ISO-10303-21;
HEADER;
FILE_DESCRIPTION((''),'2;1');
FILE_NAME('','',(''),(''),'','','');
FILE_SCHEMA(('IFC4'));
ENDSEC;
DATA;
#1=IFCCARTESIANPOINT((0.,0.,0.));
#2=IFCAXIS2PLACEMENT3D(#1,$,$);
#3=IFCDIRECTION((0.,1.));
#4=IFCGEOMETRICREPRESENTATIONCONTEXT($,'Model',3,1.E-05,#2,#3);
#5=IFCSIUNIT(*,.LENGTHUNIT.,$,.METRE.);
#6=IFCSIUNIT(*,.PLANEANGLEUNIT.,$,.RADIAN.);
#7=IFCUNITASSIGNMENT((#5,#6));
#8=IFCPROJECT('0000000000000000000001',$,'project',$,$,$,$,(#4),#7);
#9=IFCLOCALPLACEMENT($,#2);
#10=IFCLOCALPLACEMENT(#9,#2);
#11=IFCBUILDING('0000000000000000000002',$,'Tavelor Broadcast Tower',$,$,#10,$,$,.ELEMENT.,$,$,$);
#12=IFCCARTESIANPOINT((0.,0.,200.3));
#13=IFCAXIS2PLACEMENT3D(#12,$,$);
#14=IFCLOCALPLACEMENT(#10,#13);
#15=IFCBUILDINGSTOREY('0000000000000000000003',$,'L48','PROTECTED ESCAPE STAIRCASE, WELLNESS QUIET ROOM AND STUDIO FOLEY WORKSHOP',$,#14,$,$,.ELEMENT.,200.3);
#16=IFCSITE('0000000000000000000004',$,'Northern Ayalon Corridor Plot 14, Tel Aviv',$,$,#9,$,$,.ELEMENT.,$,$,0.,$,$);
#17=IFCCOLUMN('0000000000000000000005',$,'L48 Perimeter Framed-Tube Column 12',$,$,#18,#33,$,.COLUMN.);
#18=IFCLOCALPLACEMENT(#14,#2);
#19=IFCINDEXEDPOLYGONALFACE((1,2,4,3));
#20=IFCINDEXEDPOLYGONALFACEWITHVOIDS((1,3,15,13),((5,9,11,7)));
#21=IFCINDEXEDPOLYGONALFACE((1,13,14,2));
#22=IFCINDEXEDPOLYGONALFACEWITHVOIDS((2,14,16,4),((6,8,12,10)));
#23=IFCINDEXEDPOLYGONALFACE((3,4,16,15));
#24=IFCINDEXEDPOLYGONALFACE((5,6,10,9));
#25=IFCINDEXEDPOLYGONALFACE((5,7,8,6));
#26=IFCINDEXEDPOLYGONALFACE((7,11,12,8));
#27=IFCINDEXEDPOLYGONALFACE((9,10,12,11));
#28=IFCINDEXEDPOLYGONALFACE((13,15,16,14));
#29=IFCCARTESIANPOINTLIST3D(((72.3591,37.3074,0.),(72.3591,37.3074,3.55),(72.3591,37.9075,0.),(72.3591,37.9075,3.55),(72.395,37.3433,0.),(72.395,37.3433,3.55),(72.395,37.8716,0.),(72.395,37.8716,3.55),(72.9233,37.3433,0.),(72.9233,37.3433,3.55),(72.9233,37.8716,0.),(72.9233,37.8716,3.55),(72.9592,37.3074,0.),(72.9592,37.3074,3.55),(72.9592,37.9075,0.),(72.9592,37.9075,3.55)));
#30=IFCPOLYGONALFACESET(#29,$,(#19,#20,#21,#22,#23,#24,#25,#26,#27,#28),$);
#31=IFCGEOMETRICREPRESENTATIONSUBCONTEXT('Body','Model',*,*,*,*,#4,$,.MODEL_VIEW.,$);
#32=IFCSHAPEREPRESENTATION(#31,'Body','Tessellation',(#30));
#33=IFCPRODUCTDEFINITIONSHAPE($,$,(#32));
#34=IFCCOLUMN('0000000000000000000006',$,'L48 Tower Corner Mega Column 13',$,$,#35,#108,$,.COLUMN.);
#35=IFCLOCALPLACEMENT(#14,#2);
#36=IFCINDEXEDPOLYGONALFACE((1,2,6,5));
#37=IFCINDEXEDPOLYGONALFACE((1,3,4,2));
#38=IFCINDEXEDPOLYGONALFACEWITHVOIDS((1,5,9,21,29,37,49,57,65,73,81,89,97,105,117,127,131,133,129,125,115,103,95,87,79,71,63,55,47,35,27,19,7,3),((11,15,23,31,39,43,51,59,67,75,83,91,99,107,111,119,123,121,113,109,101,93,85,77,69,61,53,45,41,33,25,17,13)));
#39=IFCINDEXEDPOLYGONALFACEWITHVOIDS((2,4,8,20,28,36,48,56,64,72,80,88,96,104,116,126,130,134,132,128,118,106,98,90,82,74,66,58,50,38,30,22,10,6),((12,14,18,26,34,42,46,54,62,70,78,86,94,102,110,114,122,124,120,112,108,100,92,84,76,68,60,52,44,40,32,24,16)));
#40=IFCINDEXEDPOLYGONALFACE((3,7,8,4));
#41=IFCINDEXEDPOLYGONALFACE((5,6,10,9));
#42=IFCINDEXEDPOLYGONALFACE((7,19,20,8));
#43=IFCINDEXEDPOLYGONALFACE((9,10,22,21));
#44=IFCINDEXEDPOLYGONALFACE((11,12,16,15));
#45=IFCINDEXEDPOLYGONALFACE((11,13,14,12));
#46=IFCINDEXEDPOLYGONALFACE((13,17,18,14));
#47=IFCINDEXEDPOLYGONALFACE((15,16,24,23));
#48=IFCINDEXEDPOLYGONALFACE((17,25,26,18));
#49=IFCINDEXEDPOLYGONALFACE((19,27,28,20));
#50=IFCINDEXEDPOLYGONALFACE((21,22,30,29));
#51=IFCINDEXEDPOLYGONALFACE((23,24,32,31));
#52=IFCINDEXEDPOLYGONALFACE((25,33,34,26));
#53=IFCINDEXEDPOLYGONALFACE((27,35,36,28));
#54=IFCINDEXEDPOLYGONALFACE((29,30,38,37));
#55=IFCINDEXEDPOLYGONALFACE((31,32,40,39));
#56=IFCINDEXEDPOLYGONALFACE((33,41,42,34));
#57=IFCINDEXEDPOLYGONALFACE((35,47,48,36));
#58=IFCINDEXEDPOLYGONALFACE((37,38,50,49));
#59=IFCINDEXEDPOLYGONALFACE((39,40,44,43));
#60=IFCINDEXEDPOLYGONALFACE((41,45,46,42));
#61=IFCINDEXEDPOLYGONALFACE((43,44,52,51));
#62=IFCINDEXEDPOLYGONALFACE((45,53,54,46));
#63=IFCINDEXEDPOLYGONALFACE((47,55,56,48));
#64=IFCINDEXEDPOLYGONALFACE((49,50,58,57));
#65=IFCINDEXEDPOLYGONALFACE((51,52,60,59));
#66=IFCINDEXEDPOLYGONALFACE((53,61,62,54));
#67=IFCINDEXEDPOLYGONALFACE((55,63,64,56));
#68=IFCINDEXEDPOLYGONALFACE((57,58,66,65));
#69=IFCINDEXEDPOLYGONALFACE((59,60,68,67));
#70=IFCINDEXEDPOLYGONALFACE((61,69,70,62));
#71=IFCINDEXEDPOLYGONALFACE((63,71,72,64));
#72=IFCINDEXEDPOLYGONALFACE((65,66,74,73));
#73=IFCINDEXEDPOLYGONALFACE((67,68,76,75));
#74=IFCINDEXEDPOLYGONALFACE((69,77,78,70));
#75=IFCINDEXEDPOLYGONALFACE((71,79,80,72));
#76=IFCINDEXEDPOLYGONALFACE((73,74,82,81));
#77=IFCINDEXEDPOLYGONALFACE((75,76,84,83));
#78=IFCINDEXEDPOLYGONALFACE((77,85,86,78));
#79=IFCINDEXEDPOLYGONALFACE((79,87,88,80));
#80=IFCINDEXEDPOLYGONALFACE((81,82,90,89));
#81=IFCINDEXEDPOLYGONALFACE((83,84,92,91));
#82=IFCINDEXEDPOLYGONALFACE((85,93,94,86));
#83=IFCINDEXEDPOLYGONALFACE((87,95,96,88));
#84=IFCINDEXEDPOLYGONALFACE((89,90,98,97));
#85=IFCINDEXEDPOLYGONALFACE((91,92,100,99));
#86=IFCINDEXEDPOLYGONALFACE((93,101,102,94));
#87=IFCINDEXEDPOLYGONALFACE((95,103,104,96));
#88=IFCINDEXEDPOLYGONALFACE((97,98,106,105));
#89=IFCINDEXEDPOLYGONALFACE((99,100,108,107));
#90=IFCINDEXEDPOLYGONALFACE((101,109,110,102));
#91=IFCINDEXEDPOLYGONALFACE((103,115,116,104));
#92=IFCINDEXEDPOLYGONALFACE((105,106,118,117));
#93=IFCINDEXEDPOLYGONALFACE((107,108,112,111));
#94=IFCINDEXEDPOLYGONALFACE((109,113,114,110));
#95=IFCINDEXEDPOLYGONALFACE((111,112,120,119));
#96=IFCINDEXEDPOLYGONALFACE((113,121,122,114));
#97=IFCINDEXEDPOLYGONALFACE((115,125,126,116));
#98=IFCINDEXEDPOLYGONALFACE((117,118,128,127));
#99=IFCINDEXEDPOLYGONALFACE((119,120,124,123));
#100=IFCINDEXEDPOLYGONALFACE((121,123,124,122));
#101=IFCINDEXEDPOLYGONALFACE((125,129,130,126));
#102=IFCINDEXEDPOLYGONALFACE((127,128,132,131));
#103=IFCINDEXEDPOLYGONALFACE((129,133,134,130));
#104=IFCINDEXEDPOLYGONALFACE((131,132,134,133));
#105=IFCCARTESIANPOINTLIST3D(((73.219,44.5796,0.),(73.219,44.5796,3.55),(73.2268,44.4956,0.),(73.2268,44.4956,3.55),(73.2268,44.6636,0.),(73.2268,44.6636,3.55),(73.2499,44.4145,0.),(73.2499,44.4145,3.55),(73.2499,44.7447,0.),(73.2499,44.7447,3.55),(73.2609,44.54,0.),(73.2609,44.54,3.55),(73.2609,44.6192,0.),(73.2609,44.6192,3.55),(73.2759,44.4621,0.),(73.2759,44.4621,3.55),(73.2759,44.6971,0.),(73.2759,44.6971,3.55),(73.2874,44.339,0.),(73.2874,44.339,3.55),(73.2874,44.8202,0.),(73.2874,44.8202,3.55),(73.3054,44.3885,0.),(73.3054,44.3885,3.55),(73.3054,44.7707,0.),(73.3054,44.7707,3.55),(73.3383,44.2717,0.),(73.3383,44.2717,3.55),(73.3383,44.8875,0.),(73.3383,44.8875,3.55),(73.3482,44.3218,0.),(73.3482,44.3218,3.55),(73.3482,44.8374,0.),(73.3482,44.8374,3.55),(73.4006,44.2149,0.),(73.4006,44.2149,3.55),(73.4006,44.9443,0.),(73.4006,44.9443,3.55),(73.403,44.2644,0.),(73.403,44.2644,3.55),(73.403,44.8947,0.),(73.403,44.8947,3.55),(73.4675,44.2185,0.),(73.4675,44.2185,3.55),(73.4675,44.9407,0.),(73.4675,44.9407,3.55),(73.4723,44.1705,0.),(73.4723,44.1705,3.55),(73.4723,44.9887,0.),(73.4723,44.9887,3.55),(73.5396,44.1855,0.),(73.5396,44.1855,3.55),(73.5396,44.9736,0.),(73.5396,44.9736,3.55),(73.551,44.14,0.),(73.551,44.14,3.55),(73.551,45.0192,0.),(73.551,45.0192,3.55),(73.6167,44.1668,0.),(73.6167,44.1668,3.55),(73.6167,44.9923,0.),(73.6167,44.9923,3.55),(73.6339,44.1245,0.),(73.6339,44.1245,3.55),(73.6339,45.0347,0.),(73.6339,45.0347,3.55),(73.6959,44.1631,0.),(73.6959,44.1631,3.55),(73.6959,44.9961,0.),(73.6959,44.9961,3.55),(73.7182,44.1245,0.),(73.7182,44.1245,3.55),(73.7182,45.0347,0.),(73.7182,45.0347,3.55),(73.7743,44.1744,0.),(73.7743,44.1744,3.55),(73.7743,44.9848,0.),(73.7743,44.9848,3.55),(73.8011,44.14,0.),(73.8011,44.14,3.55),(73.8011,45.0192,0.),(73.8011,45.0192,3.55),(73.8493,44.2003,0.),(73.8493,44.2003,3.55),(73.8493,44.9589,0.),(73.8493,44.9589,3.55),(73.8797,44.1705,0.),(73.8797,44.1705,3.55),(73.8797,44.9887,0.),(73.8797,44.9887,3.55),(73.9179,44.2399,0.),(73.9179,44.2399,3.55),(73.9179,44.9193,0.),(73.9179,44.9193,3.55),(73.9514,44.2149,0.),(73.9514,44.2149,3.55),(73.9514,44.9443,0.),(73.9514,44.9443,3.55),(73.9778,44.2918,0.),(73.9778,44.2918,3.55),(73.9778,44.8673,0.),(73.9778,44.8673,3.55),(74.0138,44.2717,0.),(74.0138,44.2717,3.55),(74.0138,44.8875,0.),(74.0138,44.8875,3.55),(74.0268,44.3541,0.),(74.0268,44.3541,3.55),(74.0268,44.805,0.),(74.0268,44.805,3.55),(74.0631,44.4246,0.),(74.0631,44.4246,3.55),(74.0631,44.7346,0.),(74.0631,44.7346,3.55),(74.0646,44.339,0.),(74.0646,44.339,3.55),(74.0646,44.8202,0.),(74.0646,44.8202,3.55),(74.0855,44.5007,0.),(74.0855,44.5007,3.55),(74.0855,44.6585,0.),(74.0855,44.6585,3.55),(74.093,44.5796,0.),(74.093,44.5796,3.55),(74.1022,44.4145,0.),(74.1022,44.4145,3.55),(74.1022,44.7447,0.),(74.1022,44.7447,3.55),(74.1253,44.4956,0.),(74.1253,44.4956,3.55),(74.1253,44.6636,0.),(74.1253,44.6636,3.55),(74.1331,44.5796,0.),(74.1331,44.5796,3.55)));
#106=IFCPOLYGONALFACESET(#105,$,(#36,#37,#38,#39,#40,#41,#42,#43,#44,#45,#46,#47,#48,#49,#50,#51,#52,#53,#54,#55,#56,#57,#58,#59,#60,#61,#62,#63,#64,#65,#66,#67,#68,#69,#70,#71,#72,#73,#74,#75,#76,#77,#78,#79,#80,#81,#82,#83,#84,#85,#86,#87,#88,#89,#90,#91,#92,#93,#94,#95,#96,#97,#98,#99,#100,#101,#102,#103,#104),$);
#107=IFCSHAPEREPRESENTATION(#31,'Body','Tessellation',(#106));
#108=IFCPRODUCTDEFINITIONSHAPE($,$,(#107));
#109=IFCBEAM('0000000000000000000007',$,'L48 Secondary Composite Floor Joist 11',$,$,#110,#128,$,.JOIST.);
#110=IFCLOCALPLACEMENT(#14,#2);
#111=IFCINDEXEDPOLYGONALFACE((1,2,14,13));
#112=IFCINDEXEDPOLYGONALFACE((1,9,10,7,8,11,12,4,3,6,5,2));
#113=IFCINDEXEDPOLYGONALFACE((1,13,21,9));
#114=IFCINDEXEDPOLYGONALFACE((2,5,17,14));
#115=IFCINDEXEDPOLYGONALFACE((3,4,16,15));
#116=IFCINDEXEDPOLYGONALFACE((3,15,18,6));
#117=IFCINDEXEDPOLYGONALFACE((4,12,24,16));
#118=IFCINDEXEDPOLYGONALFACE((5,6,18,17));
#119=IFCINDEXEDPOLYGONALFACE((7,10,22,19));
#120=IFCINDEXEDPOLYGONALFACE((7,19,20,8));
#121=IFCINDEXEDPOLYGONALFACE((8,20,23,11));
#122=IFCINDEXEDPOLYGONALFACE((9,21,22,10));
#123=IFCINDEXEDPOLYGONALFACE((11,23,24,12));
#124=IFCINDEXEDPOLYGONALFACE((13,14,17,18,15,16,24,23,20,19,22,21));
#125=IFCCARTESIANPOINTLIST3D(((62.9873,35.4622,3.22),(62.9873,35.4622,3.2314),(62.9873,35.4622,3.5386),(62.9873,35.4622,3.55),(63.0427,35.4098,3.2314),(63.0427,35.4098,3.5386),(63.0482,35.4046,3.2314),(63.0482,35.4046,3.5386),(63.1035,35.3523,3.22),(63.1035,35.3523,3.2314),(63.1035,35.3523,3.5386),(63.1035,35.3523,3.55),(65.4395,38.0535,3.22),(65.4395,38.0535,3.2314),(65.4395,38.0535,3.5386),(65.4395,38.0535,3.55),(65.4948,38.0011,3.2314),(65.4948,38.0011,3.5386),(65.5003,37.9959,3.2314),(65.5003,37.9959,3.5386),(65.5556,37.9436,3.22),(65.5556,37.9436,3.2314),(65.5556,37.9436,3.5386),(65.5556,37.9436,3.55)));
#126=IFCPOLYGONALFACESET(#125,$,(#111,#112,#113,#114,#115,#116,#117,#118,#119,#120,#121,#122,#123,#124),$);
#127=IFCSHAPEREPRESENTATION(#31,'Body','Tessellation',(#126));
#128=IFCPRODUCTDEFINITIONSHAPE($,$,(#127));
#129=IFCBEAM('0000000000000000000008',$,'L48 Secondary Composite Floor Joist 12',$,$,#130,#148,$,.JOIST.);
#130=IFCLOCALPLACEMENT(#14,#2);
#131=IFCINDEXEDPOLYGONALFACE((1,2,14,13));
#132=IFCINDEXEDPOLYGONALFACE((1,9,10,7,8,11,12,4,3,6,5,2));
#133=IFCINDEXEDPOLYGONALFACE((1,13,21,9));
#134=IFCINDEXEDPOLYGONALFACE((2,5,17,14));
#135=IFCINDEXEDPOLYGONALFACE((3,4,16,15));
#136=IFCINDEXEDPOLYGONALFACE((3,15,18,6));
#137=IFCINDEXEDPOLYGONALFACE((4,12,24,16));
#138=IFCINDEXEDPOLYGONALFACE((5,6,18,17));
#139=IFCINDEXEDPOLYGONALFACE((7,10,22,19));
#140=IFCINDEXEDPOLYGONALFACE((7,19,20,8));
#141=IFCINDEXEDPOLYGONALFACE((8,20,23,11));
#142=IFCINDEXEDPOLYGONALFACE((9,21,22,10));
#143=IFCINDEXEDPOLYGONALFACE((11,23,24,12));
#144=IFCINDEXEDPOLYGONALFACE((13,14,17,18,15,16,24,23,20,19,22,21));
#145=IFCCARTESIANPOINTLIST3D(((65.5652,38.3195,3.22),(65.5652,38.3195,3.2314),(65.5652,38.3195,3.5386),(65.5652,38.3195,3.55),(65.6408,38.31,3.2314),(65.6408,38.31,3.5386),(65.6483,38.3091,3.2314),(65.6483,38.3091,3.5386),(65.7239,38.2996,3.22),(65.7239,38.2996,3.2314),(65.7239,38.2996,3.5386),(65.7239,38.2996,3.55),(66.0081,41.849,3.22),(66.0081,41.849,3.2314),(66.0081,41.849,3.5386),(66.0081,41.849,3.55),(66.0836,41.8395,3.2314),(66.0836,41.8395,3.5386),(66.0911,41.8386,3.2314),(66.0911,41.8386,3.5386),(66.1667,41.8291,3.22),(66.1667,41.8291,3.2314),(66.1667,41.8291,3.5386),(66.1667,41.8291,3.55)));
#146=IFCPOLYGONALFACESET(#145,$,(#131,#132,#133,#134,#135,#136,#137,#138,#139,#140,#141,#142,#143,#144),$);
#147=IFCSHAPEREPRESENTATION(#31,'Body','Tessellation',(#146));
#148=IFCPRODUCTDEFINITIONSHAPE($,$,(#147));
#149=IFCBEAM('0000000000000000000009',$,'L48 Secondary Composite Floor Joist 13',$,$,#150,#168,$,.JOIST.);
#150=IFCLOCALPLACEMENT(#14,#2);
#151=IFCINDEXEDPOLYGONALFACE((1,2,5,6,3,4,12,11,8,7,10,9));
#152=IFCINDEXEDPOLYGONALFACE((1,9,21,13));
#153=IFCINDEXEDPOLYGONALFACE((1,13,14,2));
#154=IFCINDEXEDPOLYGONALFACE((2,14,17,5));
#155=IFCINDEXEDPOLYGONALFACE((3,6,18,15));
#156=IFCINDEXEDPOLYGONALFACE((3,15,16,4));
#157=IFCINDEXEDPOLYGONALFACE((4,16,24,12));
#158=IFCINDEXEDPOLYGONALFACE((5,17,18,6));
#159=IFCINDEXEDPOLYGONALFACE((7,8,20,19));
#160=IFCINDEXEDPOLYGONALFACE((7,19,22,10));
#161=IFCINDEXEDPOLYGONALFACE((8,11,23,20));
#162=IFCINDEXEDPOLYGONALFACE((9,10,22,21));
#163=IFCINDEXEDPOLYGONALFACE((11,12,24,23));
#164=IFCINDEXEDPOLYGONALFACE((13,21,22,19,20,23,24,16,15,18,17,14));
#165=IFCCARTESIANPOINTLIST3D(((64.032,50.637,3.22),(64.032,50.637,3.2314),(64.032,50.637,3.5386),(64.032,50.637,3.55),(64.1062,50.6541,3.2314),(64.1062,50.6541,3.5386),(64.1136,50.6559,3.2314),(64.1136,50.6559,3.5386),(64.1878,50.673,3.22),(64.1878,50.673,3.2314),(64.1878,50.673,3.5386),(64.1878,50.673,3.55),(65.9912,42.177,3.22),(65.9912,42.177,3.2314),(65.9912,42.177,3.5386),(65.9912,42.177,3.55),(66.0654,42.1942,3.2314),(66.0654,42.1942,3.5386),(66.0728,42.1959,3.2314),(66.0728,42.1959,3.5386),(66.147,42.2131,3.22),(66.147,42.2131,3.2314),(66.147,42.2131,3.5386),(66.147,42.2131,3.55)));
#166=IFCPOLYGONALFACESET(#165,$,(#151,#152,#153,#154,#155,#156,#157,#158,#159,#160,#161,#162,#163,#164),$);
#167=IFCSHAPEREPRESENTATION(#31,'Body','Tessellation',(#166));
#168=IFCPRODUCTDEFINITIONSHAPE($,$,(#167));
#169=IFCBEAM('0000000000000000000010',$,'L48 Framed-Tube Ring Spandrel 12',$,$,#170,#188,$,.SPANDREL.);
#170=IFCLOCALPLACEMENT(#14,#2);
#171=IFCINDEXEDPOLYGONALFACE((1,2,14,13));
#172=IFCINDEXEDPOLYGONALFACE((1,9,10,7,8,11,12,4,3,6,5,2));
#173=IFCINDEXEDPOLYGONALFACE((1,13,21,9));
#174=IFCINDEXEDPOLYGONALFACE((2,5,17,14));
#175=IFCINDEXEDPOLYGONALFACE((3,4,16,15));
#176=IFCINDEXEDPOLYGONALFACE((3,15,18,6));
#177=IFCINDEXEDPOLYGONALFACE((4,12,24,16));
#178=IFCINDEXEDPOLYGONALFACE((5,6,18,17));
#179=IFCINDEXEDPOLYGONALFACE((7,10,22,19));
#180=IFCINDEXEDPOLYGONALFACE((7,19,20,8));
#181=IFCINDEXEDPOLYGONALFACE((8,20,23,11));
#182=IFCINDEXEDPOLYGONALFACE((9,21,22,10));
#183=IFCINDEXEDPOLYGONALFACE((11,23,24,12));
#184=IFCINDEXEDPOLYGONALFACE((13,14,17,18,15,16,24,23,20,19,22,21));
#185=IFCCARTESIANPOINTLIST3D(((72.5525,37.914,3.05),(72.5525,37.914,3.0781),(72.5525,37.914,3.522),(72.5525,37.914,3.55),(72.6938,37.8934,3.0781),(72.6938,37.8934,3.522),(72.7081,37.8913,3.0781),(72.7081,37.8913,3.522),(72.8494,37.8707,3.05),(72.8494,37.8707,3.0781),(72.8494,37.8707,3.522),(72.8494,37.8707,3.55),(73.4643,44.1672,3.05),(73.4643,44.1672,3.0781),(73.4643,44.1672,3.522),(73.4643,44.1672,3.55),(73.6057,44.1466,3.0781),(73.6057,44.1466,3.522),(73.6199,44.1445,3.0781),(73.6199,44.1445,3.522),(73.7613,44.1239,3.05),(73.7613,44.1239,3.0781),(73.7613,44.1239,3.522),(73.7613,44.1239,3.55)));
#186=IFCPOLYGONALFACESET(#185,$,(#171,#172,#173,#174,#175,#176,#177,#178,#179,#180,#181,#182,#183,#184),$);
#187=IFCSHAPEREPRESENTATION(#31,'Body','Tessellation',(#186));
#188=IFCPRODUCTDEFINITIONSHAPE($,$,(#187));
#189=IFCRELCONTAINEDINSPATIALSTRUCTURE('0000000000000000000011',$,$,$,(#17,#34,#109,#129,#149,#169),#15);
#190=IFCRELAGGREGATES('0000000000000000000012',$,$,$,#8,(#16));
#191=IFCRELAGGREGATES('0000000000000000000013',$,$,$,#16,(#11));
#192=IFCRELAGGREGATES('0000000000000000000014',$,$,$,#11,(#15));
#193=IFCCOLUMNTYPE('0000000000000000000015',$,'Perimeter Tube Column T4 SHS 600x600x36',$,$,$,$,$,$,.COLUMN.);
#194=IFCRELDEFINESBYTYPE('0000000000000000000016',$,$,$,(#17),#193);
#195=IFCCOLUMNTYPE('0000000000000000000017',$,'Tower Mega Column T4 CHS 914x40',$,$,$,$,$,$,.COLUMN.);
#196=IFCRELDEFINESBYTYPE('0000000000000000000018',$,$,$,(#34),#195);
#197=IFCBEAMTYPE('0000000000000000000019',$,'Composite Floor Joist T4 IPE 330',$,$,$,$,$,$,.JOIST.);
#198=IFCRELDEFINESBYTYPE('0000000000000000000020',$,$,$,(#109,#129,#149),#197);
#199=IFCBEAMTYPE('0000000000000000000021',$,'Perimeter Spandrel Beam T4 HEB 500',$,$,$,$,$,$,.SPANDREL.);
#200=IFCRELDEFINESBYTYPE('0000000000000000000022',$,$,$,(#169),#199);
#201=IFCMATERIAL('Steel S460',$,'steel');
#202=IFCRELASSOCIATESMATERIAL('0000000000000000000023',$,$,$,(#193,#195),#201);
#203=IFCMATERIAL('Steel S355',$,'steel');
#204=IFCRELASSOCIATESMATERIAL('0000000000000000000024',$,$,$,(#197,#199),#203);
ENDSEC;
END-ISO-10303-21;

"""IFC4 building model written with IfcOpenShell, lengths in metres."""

from ifc_helpers import new_model, si_unit, direction, frame, origin, origin_2d, place, context, subcontext, project, spatial, hollow_rectangle, hollow_circle, i_section, extrude, material, material_profile, profile_set, type_object, element, save


model = new_model("IFC4")

# Units and contexts
model_context = context("Model", 3, precision=1e-05, world=origin(), true_north=direction((0.0, 1.0)))
body_context = subcontext(model_context, "Body", "Model", "MODEL_VIEW")
ifc_project = project(units=[si_unit("LENGTHUNIT", "METRE"), si_unit("PLANEANGLEUNIT", "RADIAN")], contexts=[model_context])

# Site, building, storey
site_placement = place(None, origin())
site = spatial("IfcSite", under=ifc_project, at=site_placement, Name="Northern Ayalon Corridor Plot 14, Tel Aviv", CompositionType="ELEMENT", RefElevation=0.0)
building_placement = place(site_placement, origin())
building = spatial("IfcBuilding", under=site, at=building_placement, Name="Tavelor Broadcast Tower", CompositionType="ELEMENT")
storey_placement = place(building_placement, frame((0.0, 0.0, 200.3)))
storey = spatial("IfcBuildingStorey", under=building, at=storey_placement, Name="L48", Description="PROTECTED ESCAPE STAIRCASE, WELLNESS QUIET ROOM AND STUDIO FOLEY WORKSHOP", CompositionType="ELEMENT", Elevation=200.3)

# Columns
ifc_material_1 = material(Name="Steel S460", Category="steel")
ifc_material_profile_1 = material_profile(ifc_material_1, hollow_rectangle(XDim=0.6001, YDim=0.6001, WallThickness=0.0359, at=origin_2d()), Name="SHS 600x600x36")
ifc_profile_set_1 = profile_set([ifc_material_profile_1], Name="Steel S460")
column_type_1 = type_object("IfcColumnType", Name="Perimeter Tube Column T4 SHS 600x600x36", PredefinedType="COLUMN", material=ifc_profile_set_1)
column_1_placement = place(storey_placement, frame((72.6592, 37.6074, 0.0), z_axis=(0.0, 0.0, 1.0), x_axis=(1.0, 0.0, 0.0)))
element("IfcColumn", 1, at=column_1_placement, inside=storey, type_object=column_type_1, Name="L48 Perimeter Framed-Tube Column 12", PredefinedType="COLUMN", context=body_context, shape_type="SweptSolid", body=[
    extrude(hollow_rectangle(XDim=0.6001, YDim=0.6001, WallThickness=0.0359, at=origin_2d()), origin(), (0.0, 0.0, 1.0), 3.55),
])
ifc_material_profile_2 = material_profile(ifc_material_1, hollow_circle(Radius=0.457, WallThickness=0.04, at=origin_2d()), Name="CHS 914x40")
ifc_profile_set_2 = profile_set([ifc_material_profile_2], Name="Steel S460")
column_type_2 = type_object("IfcColumnType", Name="Tower Mega Column T4 CHS 914x40", PredefinedType="COLUMN", material=ifc_profile_set_2)
column_2_placement = place(storey_placement, frame((73.676, 44.5796, 0.0), z_axis=(0.0, 0.0, 1.0), x_axis=(1.0, 0.0, 0.0)))
element("IfcColumn", 2, at=column_2_placement, inside=storey, type_object=column_type_2, Name="L48 Tower Corner Mega Column 13", PredefinedType="COLUMN", context=body_context, shape_type="SweptSolid", body=[
    extrude(hollow_circle(Radius=0.457, WallThickness=0.04, at=origin_2d()), origin(), (0.0, 0.0, 1.0), 3.55),
])

# Beams
ifc_material_2 = material(Name="Steel S355", Category="steel")
ifc_material_profile_3 = material_profile(ifc_material_2, i_section(OverallWidth=0.1599, OverallDepth=0.3301, WebThickness=0.0076, FlangeThickness=0.0115, at=origin_2d()), Name="IPE 330")
ifc_profile_set_3 = profile_set([ifc_material_profile_3], Name="Steel S355")
beam_type_1 = type_object("IfcBeamType", Name="Composite Floor Joist T4 IPE 330", PredefinedType="JOIST", material=ifc_profile_set_3)
beam_1_placement = place(storey_placement, frame((63.0454, 35.4072, 3.385), z_axis=(0.687335, 0.726341, 0.0), x_axis=(-0.726341, 0.687335, 0.0)))
element("IfcBeam", 3, at=beam_1_placement, inside=storey, type_object=beam_type_1, Name="L48 Secondary Composite Floor Joist 11", PredefinedType="JOIST", context=body_context, shape_type="SweptSolid", body=[
    extrude(i_section(OverallWidth=0.1599, OverallDepth=0.3301, WebThickness=0.0076, FlangeThickness=0.0115, at=origin_2d()), origin(), (0.0, 0.0, 1.0), 3.5676),
])
beam_2_placement = place(storey_placement, frame((65.6445, 38.3096, 3.385), z_axis=(0.124499, 0.99222, 0.0), x_axis=(-0.99222, 0.124499, 0.0)))
element("IfcBeam", 4, at=beam_2_placement, inside=storey, type_object=beam_type_1, Name="L48 Secondary Composite Floor Joist 12", PredefinedType="JOIST", context=body_context, shape_type="SweptSolid", body=[
    extrude(i_section(OverallWidth=0.1599, OverallDepth=0.3301, WebThickness=0.0076, FlangeThickness=0.0115, at=origin_2d()), origin(), (0.0, 0.0, 1.0), 3.5571),
])
beam_3_placement = place(storey_placement, frame((66.0691, 42.1951, 3.385), z_axis=(-0.225617, 0.974216, 0.0), x_axis=(-0.974216, -0.225617, 0.0)))
element("IfcBeam", 5, at=beam_3_placement, inside=storey, type_object=beam_type_1, Name="L48 Secondary Composite Floor Joist 13", PredefinedType="JOIST", context=body_context, shape_type="SweptSolid", body=[
    extrude(i_section(OverallWidth=0.1599, OverallDepth=0.3301, WebThickness=0.0076, FlangeThickness=0.0115, at=origin_2d()), origin(), (0.0, 0.0, 1.0), 8.6838),
])
ifc_material_profile_4 = material_profile(ifc_material_2, i_section(OverallWidth=0.3, OverallDepth=0.5, WebThickness=0.0144, FlangeThickness=0.0281, at=origin_2d()), Name="HEB 500")
ifc_profile_set_4 = profile_set([ifc_material_profile_4], Name="Steel S355")
beam_type_2 = type_object("IfcBeamType", Name="Perimeter Spandrel Beam T4 HEB 500", PredefinedType="SPANDREL", material=ifc_profile_set_4)
beam_4_placement = place(storey_placement, frame((72.7009, 37.8923, 3.3), z_axis=(0.144298, 0.989534, 0.0), x_axis=(-0.989534, 0.144298, 0.0)))
element("IfcBeam", 6, at=beam_4_placement, inside=storey, type_object=beam_type_2, Name="L48 Framed-Tube Ring Spandrel 12", PredefinedType="SPANDREL", context=body_context, shape_type="SweptSolid", body=[
    extrude(i_section(OverallWidth=0.3, OverallDepth=0.5, WebThickness=0.0144, FlangeThickness=0.0281, at=origin_2d()), origin(), (0.0, 0.0, 1.0), 6.3193),
])

save(model, "model.ifc")
